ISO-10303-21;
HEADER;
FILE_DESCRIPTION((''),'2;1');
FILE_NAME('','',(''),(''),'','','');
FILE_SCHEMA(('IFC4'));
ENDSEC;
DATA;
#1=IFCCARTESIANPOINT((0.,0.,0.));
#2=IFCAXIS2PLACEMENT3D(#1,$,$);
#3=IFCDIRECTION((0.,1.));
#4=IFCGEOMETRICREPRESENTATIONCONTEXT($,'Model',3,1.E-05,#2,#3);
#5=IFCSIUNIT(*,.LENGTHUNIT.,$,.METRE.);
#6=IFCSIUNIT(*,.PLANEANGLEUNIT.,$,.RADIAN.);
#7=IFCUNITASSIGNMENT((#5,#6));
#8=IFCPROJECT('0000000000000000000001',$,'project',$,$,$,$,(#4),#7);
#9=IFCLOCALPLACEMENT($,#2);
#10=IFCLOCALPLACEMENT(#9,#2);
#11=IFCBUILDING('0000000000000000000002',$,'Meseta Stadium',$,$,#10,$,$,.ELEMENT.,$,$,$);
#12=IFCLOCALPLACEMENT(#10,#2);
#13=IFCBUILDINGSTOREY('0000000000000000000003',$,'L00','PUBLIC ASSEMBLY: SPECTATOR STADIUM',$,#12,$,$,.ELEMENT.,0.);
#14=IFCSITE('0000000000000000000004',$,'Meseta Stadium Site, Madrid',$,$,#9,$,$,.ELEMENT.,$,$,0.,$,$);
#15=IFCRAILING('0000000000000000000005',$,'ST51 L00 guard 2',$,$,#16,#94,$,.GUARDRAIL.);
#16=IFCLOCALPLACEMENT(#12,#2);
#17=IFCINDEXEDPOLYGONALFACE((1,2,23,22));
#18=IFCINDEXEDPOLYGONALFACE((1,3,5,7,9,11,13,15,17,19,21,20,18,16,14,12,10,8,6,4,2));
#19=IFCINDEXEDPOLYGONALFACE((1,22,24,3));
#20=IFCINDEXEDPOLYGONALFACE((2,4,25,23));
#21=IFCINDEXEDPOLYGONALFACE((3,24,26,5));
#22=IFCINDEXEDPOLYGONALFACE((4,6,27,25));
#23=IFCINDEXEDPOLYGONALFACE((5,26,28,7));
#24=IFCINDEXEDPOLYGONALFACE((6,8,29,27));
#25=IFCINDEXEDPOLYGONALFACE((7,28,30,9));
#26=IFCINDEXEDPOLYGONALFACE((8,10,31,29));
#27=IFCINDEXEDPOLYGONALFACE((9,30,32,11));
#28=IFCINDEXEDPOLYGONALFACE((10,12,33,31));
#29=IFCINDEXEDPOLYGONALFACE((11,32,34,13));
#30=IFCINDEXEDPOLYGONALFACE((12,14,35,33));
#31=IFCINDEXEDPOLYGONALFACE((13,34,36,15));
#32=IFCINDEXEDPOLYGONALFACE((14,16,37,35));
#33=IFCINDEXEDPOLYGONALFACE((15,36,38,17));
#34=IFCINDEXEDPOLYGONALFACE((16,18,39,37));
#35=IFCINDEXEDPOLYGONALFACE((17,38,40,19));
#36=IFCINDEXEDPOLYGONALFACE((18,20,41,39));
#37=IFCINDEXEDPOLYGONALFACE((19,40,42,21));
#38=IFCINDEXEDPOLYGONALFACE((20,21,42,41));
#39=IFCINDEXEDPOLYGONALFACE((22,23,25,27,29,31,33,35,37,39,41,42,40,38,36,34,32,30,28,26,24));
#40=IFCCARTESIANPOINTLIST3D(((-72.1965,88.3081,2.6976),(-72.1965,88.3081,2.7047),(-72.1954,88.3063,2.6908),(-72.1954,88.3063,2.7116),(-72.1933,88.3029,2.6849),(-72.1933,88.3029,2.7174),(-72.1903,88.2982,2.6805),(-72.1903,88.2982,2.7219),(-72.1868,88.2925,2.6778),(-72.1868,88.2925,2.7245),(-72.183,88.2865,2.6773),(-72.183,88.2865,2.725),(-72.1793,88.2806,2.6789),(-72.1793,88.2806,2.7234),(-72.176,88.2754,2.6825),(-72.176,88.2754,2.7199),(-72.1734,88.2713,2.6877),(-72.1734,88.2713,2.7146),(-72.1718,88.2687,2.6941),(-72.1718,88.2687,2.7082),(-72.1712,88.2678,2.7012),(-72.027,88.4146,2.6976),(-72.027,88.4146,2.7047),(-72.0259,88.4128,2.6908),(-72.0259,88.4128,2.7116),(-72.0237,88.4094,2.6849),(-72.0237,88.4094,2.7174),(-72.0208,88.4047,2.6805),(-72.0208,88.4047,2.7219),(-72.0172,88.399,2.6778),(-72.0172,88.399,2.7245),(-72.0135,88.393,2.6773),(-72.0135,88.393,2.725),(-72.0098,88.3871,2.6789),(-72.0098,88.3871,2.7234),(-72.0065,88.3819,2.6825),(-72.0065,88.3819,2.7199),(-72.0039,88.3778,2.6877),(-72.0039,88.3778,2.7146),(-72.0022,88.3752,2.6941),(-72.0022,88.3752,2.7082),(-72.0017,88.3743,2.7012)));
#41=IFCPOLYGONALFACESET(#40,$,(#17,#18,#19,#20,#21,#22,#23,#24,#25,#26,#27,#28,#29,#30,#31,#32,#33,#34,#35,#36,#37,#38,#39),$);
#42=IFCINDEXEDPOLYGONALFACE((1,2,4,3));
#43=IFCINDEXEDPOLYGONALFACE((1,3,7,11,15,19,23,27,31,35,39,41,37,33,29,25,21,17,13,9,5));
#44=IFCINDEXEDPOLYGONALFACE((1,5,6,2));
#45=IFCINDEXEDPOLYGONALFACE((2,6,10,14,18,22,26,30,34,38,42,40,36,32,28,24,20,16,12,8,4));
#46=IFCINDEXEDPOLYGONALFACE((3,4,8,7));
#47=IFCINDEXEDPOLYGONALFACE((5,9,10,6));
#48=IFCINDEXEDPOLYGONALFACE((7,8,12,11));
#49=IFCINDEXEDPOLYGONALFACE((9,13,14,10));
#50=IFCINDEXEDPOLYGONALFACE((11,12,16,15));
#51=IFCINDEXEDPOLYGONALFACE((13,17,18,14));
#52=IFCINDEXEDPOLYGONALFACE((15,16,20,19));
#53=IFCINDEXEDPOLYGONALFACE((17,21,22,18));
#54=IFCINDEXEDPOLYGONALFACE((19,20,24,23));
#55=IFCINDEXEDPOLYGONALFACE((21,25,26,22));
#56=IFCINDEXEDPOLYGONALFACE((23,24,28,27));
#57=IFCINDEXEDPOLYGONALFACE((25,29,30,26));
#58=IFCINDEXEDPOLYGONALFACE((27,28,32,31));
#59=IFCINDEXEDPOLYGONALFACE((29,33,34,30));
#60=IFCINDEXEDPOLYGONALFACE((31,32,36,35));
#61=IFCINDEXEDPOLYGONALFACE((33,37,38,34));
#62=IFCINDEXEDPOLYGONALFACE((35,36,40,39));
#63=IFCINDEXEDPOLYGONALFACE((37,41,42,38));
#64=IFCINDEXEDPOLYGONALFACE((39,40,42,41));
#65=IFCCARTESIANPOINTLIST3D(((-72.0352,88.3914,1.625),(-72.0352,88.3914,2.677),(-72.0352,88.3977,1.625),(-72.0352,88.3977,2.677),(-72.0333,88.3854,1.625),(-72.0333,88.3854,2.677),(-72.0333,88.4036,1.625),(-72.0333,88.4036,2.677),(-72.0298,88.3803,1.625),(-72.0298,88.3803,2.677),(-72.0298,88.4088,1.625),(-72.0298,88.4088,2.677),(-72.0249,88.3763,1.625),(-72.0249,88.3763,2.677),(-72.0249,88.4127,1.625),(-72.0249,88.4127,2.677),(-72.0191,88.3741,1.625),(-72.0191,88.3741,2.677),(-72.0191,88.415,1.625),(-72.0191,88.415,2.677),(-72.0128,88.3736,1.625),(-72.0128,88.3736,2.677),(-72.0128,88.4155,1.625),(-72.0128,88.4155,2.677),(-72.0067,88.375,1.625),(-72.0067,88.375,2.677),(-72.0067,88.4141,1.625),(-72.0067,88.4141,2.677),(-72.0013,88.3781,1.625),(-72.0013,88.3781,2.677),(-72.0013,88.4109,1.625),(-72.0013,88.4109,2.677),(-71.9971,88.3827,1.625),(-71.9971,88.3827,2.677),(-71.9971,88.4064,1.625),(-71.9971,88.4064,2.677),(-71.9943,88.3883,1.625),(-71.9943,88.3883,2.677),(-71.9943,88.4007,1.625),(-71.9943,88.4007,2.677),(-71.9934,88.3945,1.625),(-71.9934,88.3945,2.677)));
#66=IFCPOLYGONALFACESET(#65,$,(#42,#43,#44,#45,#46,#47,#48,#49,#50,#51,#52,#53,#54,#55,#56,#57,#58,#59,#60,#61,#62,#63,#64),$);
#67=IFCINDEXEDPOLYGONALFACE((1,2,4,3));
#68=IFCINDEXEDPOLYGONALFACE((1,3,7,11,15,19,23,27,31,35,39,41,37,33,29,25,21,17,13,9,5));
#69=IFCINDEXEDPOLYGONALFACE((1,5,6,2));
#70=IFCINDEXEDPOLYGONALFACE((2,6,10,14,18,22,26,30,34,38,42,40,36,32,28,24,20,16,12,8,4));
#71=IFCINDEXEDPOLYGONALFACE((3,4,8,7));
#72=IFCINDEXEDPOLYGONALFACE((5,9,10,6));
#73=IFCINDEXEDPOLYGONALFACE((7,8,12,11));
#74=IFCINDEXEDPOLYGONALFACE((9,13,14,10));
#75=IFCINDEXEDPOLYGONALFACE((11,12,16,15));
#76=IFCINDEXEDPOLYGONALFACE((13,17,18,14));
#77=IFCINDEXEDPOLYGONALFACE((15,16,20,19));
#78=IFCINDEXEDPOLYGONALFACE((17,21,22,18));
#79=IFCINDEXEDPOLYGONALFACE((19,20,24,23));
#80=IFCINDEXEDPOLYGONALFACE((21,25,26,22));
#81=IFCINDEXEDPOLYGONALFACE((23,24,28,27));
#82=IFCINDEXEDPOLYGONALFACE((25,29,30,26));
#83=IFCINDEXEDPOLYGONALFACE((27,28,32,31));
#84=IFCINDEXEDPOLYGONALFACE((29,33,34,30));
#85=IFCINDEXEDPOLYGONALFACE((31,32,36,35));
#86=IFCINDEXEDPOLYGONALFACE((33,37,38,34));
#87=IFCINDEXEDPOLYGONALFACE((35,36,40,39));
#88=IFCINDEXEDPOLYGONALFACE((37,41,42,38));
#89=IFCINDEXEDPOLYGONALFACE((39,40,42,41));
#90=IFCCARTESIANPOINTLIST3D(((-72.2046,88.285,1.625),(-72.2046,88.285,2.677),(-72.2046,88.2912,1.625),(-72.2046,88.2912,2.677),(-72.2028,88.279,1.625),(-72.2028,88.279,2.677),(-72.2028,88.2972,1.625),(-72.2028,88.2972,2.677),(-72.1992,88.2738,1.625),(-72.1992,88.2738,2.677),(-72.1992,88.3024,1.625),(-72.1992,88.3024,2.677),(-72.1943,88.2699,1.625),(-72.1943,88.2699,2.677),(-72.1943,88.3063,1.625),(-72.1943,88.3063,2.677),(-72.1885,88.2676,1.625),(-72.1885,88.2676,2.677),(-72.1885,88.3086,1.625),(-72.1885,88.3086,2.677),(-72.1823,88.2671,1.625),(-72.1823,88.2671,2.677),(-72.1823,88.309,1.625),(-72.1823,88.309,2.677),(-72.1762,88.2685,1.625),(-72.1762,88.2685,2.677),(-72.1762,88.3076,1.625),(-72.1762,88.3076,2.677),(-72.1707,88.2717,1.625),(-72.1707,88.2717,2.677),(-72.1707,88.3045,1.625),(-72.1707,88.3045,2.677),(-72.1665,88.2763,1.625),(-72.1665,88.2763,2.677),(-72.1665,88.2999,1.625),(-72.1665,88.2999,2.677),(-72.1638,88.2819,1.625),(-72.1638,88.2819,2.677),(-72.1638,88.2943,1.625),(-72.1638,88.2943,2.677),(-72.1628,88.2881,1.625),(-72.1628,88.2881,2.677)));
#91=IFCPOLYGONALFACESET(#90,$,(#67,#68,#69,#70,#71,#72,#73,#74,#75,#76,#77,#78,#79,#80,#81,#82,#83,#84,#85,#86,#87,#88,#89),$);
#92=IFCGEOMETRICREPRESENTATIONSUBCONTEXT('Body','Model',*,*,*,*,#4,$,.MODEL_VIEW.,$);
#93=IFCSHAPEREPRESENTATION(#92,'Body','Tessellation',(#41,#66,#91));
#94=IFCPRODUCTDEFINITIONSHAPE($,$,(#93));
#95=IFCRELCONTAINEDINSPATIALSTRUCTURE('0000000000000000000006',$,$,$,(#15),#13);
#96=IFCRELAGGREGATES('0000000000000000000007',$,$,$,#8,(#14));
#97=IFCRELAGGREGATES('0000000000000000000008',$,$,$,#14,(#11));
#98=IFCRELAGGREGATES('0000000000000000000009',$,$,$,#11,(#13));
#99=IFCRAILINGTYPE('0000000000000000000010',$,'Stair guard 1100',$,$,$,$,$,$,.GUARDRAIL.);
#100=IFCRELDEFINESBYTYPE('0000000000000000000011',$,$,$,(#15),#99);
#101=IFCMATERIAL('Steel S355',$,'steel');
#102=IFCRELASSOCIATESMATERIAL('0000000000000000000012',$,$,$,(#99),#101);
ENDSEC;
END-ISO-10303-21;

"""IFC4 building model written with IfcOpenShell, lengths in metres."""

from ifc_helpers import new_model, si_unit, direction, frame, origin, origin_2d, place, context, subcontext, project, spatial, circle, extrude, material, type_object, element, save


model = new_model("IFC4")

# Units and contexts
model_context = context("Model", 3, precision=1e-05, world=origin(), true_north=direction((0.0, 1.0)))
body_context = subcontext(model_context, "Body", "Model", "MODEL_VIEW")
ifc_project = project(units=[si_unit("LENGTHUNIT", "METRE"), si_unit("PLANEANGLEUNIT", "RADIAN")], contexts=[model_context])

# Site, building, storey
site_placement = place(None, origin())
site = spatial("IfcSite", under=ifc_project, at=site_placement, Name="Meseta Stadium Site, Madrid", CompositionType="ELEMENT", RefElevation=0.0)
building_placement = place(site_placement, origin())
building = spatial("IfcBuilding", under=site, at=building_placement, Name="Meseta Stadium", CompositionType="ELEMENT")
storey_placement = place(building_placement, origin())
storey = spatial("IfcBuildingStorey", under=building, at=storey_placement, Name="L00", Description="PUBLIC ASSEMBLY: SPECTATOR STADIUM", CompositionType="ELEMENT", Elevation=0.0)

# Railing
ifc_material_1 = material(Name="Steel S355", Category="steel")
railing_type_1 = type_object("IfcRailingType", Name="Stair guard 1100", PredefinedType="GUARDRAIL", material=ifc_material_1)
railing_1_placement = place(storey_placement, frame((-72.0144, 88.3945, 1.625)))
element("IfcRailing", 1, at=railing_1_placement, inside=storey, type_object=railing_type_1, Name="ST51 L00 guard 2", PredefinedType="GUARDRAIL", context=body_context, shape_type="SweptSolid", body=[
    extrude(circle(Radius=0.0239, at=origin_2d()), frame((0.0, 0.0, 1.0762), z_axis=(-0.846762, -0.531972, 0.0), x_axis=(0.531972, -0.846762, 0.0)), (0.0, 0.0, 1.0), 0.2002),
    extrude(circle(Radius=0.021, at=origin_2d()), origin(), (0.0, 0.0, 1.0), 1.052),
    extrude(circle(Radius=0.021, at=origin_2d()), frame((-0.1694, -0.1064, 0.0)), (0.0, 0.0, 1.0), 1.052),
])

save(model, "model.ifc")
